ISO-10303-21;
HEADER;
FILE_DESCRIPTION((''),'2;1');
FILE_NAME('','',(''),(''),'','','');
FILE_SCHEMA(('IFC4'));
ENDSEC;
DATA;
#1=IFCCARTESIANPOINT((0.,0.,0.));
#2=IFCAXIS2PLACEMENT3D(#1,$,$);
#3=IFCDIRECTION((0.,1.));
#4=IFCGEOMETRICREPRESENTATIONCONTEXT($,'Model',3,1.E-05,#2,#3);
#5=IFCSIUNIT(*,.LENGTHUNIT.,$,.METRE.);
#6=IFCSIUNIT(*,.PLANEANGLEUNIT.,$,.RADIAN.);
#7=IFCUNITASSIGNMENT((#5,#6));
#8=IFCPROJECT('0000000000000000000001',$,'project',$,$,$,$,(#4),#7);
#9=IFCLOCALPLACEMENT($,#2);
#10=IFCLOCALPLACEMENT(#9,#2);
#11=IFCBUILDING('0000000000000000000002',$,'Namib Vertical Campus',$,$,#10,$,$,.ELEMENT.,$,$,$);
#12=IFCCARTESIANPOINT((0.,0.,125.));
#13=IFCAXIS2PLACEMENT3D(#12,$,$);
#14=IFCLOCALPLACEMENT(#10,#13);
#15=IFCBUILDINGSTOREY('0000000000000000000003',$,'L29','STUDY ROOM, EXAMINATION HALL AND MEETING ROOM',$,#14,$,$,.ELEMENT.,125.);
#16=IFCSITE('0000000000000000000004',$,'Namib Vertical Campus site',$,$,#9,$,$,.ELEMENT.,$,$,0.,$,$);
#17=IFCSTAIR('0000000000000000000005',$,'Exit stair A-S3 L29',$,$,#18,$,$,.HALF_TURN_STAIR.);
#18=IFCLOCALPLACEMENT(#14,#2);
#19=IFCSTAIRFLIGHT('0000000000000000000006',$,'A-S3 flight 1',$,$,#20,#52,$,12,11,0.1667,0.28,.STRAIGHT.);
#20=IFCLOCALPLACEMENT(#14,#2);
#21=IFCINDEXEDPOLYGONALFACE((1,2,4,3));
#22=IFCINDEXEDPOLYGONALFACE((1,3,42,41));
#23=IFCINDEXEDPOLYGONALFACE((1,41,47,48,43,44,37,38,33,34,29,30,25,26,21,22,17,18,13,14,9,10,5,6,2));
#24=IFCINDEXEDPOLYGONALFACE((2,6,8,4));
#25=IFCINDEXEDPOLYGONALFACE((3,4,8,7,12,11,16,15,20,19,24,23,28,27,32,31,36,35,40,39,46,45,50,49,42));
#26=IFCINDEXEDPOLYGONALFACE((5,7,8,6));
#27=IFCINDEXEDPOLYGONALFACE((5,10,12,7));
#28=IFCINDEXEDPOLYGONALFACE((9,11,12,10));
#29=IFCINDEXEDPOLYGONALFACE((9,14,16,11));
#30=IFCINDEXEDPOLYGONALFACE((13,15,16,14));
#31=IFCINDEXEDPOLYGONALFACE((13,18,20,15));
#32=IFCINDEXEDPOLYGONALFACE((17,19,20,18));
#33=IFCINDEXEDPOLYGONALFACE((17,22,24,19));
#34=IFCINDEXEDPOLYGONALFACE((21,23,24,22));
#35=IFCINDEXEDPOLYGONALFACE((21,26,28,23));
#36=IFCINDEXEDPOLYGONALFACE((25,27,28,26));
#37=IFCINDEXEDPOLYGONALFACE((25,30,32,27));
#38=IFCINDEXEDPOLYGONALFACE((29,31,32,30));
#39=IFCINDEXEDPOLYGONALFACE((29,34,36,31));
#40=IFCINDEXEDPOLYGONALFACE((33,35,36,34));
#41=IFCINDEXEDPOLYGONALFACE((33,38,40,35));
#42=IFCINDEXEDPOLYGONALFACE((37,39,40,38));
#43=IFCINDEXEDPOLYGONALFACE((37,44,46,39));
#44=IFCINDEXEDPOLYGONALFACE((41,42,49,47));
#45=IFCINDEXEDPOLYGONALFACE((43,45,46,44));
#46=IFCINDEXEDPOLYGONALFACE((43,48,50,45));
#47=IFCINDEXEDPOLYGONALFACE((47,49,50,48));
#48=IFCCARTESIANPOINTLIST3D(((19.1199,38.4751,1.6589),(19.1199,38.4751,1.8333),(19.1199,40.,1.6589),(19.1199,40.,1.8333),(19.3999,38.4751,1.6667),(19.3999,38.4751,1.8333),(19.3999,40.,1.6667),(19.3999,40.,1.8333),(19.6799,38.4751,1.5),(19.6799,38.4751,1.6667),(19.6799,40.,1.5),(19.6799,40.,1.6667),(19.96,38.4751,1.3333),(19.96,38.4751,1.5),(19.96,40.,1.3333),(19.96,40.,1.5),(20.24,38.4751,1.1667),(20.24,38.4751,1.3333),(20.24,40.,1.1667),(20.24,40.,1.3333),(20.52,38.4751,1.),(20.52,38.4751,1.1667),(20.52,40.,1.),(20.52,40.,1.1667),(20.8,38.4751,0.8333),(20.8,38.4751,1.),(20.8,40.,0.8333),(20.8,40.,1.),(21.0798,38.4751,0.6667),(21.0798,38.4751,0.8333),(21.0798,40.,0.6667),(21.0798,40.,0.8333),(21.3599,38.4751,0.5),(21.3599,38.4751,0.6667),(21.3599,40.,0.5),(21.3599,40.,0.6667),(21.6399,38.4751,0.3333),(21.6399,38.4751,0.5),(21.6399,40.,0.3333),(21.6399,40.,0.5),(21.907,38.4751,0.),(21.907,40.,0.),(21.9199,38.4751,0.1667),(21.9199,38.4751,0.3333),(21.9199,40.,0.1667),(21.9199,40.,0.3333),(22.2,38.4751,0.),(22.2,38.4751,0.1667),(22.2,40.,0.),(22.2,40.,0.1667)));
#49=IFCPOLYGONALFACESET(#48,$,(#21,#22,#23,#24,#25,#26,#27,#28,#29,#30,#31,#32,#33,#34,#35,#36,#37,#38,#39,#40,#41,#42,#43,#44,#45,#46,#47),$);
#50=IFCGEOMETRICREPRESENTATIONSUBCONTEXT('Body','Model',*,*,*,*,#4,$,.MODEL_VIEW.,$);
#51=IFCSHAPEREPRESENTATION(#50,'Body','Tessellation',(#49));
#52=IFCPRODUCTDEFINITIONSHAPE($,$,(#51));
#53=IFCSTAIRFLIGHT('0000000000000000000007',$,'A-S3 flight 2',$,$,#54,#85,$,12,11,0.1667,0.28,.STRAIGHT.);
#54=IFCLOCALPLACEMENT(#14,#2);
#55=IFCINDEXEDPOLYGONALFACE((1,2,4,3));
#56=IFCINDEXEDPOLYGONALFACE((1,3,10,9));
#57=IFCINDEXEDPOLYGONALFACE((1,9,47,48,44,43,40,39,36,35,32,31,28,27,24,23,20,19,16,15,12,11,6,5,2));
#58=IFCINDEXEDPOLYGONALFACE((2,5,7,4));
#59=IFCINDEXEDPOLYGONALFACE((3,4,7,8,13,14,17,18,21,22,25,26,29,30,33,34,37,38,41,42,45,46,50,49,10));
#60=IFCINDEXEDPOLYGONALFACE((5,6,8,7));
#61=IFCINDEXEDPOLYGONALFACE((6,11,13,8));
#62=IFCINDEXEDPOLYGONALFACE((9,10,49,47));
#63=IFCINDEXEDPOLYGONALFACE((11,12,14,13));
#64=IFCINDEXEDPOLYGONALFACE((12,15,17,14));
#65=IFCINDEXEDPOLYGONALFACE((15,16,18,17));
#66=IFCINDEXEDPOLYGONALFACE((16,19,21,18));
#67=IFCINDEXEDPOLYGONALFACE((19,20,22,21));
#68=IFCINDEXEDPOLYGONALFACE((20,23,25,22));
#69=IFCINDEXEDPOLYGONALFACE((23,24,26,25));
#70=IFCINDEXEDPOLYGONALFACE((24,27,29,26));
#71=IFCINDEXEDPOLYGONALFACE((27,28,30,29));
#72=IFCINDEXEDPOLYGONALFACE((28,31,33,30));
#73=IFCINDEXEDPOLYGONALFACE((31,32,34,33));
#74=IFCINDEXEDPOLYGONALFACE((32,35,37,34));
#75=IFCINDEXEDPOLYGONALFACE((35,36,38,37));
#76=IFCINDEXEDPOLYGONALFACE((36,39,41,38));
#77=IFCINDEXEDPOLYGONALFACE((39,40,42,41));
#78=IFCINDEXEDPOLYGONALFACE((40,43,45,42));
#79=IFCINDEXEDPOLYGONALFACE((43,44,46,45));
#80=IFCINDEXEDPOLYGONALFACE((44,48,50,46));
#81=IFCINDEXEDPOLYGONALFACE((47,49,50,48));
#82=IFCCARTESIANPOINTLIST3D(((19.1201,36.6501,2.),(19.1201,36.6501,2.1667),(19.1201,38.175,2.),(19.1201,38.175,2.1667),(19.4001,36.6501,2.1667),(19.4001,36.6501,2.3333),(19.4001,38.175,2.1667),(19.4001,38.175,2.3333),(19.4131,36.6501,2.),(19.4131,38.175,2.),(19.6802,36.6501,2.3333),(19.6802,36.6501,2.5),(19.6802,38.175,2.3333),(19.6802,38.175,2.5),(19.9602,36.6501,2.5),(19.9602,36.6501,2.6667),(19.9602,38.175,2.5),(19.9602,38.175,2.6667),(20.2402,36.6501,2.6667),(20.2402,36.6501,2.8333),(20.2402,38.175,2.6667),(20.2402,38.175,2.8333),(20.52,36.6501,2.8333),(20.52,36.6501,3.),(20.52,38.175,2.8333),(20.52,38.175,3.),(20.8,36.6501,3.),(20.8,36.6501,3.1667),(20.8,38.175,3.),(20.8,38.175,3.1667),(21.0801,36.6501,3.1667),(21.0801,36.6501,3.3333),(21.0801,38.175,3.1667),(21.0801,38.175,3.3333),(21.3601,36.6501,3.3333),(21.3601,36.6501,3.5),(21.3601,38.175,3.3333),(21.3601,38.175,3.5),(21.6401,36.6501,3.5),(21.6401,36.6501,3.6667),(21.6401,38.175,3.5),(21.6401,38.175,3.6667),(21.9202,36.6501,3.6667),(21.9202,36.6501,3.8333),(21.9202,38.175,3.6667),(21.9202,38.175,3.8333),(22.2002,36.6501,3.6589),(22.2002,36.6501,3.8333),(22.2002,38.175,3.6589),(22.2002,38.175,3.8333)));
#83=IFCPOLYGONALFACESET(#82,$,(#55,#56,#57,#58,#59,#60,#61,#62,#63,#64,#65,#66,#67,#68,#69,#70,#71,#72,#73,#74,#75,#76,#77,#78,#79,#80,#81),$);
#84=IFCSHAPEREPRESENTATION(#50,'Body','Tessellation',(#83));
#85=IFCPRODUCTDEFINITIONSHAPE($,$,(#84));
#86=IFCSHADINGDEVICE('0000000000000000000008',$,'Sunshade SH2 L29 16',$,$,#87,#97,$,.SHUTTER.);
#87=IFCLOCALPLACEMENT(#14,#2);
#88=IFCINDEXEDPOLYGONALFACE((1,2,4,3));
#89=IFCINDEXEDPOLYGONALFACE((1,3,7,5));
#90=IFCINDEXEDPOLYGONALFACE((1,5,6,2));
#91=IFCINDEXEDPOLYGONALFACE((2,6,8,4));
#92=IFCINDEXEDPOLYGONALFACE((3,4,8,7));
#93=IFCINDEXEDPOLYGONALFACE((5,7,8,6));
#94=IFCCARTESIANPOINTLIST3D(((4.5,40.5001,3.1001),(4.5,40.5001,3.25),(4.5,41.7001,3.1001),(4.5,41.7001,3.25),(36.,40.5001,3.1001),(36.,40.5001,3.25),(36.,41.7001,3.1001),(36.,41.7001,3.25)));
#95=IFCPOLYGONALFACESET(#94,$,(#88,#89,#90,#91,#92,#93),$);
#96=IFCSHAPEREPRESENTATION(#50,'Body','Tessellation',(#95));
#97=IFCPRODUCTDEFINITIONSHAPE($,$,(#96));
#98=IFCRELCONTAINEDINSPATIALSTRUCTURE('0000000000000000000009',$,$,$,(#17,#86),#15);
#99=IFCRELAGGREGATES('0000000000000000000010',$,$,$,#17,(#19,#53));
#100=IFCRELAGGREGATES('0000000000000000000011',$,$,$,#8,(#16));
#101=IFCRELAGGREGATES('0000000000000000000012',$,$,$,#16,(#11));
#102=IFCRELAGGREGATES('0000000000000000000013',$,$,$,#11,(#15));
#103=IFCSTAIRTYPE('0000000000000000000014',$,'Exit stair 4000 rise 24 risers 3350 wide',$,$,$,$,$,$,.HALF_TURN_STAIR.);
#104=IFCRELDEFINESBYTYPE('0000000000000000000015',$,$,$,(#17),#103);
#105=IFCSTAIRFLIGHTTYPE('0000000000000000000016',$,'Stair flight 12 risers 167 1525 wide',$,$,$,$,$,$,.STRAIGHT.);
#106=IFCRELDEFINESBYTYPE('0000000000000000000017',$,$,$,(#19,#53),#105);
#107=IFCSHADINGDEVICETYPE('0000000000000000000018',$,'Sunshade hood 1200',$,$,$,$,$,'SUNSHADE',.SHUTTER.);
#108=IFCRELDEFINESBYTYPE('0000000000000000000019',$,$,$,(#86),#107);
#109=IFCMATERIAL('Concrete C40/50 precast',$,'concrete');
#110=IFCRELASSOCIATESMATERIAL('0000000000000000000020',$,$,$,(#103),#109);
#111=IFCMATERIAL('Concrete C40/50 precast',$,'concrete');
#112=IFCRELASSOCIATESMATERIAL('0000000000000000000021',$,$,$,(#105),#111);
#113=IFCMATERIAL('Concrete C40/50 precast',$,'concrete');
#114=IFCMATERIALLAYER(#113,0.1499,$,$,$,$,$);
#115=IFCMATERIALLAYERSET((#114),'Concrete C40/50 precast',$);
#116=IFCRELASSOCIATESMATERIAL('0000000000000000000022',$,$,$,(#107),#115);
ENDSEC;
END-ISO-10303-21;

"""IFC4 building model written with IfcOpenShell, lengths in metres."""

from ifc_helpers import new_model, si_unit, direction, frame, origin, origin_2d, place, context, subcontext, project, spatial, polyline, rectangle, outline, extrude, material, layer, layer_set, type_object, element, aggregate, save


model = new_model("IFC4")

# Units and contexts
model_context = context("Model", 3, precision=1e-05, world=origin(), true_north=direction((0.0, 1.0)))
body_context = subcontext(model_context, "Body", "Model", "MODEL_VIEW")
ifc_project = project(units=[si_unit("LENGTHUNIT", "METRE"), si_unit("PLANEANGLEUNIT", "RADIAN")], contexts=[model_context])

# Site, building, storey
site_placement = place(None, origin())
site = spatial("IfcSite", under=ifc_project, at=site_placement, Name="Namib Vertical Campus site", CompositionType="ELEMENT", RefElevation=0.0)
building_placement = place(site_placement, origin())
building = spatial("IfcBuilding", under=site, at=building_placement, Name="Namib Vertical Campus", CompositionType="ELEMENT")
storey_placement = place(building_placement, frame((0.0, 0.0, 125.0)))
storey = spatial("IfcBuildingStorey", under=building, at=storey_placement, Name="L29", Description="STUDY ROOM, EXAMINATION HALL AND MEETING ROOM", CompositionType="ELEMENT", Elevation=125.0)

# Stair, stair flights
ifc_material_1 = material(Name="Concrete C40/50 precast", Category="concrete")
stair_type = type_object("IfcStairType", Name="Exit stair 4000 rise 24 risers 3350 wide", PredefinedType="HALF_TURN_STAIR", material=ifc_material_1)
stair_placement = place(storey_placement, origin())
stair = element("IfcStair", 1, at=stair_placement, inside=storey, type_object=stair_type, Name="Exit stair A-S3 L29", PredefinedType="HALF_TURN_STAIR")
ifc_material_2 = material(Name="Concrete C40/50 precast", Category="concrete")
stair_flight_type = type_object("IfcStairFlightType", Name="Stair flight 12 risers 167 1525 wide", PredefinedType="STRAIGHT", material=ifc_material_2)
stair_flight_1_placement = place(storey_placement, frame((22.2, 39.2375, 0.0), z_axis=(0.0, 0.0, 1.0), x_axis=(-1.0, 0.0, 0.0)))
stair_flight_1 = element("IfcStairFlight", 2, at=stair_flight_1_placement, type_object=stair_flight_type, Name="A-S3 flight 1", NumberOfRisers=12, NumberOfTreads=11, PredefinedType="STRAIGHT", RiserHeight=0.1667, TreadLength=0.28, context=body_context, shape_type="SweptSolid", body=[
    extrude(outline(polyline([(0.0, 0.0), (0.0, 0.1667), (0.28, 0.1667), (0.28, 0.3333), (0.5601, 0.3333), (0.5601, 0.5), (0.8401, 0.5), (0.8401, 0.6667), (1.1201, 0.6667), (1.1201, 0.8333), (1.3999, 0.8333), (1.3999, 1.0), (1.6799, 1.0), (1.6799, 1.1667), (1.96, 1.1667), (1.96, 1.3333), (2.24, 1.3333), (2.24, 1.5), (2.52, 1.5), (2.52, 1.6667), (2.8, 1.6667), (2.8, 1.8333), (3.0801, 1.8333), (3.0801, 2.0), (3.0801, 1.6589), (0.293, 0.0), (0.0, 0.0)])), frame((0.0, 0.7625, 0.0), z_axis=(0.0, -1.0, 0.0), x_axis=(1.0, 0.0, 0.0)), (0.0, 0.0, 1.0), 1.5249),
])
stair_flight_2_placement = place(storey_placement, frame((19.1201, 37.4126, 2.0), z_axis=(0.0, 0.0, 1.0), x_axis=(1.0, 0.0, 0.0)))
stair_flight_2 = element("IfcStairFlight", 3, at=stair_flight_2_placement, type_object=stair_flight_type, Name="A-S3 flight 2", NumberOfRisers=12, NumberOfTreads=11, PredefinedType="STRAIGHT", RiserHeight=0.1667, TreadLength=0.28, context=body_context, shape_type="SweptSolid", body=[
    extrude(outline(polyline([(0.0, 0.0), (0.0, 0.1667), (0.28, 0.1667), (0.28, 0.3333), (0.5601, 0.3333), (0.5601, 0.5), (0.8401, 0.5), (0.8401, 0.6667), (1.1201, 0.6667), (1.1201, 0.8333), (1.3999, 0.8333), (1.3999, 1.0), (1.6799, 1.0), (1.6799, 1.1667), (1.96, 1.1667), (1.96, 1.3333), (2.24, 1.3333), (2.24, 1.5), (2.52, 1.5), (2.52, 1.6667), (2.8, 1.6667), (2.8, 1.8333), (3.0801, 1.8333), (3.0801, 2.0), (3.0801, 1.6589), (0.293, 0.0), (0.0, 0.0)])), frame((0.0, 0.7625, 0.0), z_axis=(0.0, -1.0, 0.0), x_axis=(1.0, 0.0, 0.0)), (0.0, 0.0, 1.0), 1.5249),
])
aggregate(stair, [stair_flight_1, stair_flight_2])

# Shading device
ifc_material_3 = material(Name="Concrete C40/50 precast", Category="concrete")
ifc_layer_1 = layer(ifc_material_3, 0.1499)
ifc_layer_set_1 = layer_set([ifc_layer_1], Name="Concrete C40/50 precast")
shading_device_type = type_object("IfcShadingDeviceType", Name="Sunshade hood 1200", ElementType="SUNSHADE", PredefinedType="SHUTTER", material=ifc_layer_set_1)
shading_device_placement = place(storey_placement, frame((20.25, 41.1001, 3.1001), z_axis=(0.0, 0.0, 1.0), x_axis=(-1.0, 0.0, 0.0)))
element("IfcShadingDevice", 4, at=shading_device_placement, inside=storey, type_object=shading_device_type, Name="Sunshade SH2 L29 16", PredefinedType="SHUTTER", context=body_context, shape_type="SweptSolid", body=[
    extrude(rectangle(XDim=31.5, YDim=1.2, at=origin_2d()), origin(), (0.0, 0.0, 1.0), 0.1499),
])

save(model, "model.ifc")
